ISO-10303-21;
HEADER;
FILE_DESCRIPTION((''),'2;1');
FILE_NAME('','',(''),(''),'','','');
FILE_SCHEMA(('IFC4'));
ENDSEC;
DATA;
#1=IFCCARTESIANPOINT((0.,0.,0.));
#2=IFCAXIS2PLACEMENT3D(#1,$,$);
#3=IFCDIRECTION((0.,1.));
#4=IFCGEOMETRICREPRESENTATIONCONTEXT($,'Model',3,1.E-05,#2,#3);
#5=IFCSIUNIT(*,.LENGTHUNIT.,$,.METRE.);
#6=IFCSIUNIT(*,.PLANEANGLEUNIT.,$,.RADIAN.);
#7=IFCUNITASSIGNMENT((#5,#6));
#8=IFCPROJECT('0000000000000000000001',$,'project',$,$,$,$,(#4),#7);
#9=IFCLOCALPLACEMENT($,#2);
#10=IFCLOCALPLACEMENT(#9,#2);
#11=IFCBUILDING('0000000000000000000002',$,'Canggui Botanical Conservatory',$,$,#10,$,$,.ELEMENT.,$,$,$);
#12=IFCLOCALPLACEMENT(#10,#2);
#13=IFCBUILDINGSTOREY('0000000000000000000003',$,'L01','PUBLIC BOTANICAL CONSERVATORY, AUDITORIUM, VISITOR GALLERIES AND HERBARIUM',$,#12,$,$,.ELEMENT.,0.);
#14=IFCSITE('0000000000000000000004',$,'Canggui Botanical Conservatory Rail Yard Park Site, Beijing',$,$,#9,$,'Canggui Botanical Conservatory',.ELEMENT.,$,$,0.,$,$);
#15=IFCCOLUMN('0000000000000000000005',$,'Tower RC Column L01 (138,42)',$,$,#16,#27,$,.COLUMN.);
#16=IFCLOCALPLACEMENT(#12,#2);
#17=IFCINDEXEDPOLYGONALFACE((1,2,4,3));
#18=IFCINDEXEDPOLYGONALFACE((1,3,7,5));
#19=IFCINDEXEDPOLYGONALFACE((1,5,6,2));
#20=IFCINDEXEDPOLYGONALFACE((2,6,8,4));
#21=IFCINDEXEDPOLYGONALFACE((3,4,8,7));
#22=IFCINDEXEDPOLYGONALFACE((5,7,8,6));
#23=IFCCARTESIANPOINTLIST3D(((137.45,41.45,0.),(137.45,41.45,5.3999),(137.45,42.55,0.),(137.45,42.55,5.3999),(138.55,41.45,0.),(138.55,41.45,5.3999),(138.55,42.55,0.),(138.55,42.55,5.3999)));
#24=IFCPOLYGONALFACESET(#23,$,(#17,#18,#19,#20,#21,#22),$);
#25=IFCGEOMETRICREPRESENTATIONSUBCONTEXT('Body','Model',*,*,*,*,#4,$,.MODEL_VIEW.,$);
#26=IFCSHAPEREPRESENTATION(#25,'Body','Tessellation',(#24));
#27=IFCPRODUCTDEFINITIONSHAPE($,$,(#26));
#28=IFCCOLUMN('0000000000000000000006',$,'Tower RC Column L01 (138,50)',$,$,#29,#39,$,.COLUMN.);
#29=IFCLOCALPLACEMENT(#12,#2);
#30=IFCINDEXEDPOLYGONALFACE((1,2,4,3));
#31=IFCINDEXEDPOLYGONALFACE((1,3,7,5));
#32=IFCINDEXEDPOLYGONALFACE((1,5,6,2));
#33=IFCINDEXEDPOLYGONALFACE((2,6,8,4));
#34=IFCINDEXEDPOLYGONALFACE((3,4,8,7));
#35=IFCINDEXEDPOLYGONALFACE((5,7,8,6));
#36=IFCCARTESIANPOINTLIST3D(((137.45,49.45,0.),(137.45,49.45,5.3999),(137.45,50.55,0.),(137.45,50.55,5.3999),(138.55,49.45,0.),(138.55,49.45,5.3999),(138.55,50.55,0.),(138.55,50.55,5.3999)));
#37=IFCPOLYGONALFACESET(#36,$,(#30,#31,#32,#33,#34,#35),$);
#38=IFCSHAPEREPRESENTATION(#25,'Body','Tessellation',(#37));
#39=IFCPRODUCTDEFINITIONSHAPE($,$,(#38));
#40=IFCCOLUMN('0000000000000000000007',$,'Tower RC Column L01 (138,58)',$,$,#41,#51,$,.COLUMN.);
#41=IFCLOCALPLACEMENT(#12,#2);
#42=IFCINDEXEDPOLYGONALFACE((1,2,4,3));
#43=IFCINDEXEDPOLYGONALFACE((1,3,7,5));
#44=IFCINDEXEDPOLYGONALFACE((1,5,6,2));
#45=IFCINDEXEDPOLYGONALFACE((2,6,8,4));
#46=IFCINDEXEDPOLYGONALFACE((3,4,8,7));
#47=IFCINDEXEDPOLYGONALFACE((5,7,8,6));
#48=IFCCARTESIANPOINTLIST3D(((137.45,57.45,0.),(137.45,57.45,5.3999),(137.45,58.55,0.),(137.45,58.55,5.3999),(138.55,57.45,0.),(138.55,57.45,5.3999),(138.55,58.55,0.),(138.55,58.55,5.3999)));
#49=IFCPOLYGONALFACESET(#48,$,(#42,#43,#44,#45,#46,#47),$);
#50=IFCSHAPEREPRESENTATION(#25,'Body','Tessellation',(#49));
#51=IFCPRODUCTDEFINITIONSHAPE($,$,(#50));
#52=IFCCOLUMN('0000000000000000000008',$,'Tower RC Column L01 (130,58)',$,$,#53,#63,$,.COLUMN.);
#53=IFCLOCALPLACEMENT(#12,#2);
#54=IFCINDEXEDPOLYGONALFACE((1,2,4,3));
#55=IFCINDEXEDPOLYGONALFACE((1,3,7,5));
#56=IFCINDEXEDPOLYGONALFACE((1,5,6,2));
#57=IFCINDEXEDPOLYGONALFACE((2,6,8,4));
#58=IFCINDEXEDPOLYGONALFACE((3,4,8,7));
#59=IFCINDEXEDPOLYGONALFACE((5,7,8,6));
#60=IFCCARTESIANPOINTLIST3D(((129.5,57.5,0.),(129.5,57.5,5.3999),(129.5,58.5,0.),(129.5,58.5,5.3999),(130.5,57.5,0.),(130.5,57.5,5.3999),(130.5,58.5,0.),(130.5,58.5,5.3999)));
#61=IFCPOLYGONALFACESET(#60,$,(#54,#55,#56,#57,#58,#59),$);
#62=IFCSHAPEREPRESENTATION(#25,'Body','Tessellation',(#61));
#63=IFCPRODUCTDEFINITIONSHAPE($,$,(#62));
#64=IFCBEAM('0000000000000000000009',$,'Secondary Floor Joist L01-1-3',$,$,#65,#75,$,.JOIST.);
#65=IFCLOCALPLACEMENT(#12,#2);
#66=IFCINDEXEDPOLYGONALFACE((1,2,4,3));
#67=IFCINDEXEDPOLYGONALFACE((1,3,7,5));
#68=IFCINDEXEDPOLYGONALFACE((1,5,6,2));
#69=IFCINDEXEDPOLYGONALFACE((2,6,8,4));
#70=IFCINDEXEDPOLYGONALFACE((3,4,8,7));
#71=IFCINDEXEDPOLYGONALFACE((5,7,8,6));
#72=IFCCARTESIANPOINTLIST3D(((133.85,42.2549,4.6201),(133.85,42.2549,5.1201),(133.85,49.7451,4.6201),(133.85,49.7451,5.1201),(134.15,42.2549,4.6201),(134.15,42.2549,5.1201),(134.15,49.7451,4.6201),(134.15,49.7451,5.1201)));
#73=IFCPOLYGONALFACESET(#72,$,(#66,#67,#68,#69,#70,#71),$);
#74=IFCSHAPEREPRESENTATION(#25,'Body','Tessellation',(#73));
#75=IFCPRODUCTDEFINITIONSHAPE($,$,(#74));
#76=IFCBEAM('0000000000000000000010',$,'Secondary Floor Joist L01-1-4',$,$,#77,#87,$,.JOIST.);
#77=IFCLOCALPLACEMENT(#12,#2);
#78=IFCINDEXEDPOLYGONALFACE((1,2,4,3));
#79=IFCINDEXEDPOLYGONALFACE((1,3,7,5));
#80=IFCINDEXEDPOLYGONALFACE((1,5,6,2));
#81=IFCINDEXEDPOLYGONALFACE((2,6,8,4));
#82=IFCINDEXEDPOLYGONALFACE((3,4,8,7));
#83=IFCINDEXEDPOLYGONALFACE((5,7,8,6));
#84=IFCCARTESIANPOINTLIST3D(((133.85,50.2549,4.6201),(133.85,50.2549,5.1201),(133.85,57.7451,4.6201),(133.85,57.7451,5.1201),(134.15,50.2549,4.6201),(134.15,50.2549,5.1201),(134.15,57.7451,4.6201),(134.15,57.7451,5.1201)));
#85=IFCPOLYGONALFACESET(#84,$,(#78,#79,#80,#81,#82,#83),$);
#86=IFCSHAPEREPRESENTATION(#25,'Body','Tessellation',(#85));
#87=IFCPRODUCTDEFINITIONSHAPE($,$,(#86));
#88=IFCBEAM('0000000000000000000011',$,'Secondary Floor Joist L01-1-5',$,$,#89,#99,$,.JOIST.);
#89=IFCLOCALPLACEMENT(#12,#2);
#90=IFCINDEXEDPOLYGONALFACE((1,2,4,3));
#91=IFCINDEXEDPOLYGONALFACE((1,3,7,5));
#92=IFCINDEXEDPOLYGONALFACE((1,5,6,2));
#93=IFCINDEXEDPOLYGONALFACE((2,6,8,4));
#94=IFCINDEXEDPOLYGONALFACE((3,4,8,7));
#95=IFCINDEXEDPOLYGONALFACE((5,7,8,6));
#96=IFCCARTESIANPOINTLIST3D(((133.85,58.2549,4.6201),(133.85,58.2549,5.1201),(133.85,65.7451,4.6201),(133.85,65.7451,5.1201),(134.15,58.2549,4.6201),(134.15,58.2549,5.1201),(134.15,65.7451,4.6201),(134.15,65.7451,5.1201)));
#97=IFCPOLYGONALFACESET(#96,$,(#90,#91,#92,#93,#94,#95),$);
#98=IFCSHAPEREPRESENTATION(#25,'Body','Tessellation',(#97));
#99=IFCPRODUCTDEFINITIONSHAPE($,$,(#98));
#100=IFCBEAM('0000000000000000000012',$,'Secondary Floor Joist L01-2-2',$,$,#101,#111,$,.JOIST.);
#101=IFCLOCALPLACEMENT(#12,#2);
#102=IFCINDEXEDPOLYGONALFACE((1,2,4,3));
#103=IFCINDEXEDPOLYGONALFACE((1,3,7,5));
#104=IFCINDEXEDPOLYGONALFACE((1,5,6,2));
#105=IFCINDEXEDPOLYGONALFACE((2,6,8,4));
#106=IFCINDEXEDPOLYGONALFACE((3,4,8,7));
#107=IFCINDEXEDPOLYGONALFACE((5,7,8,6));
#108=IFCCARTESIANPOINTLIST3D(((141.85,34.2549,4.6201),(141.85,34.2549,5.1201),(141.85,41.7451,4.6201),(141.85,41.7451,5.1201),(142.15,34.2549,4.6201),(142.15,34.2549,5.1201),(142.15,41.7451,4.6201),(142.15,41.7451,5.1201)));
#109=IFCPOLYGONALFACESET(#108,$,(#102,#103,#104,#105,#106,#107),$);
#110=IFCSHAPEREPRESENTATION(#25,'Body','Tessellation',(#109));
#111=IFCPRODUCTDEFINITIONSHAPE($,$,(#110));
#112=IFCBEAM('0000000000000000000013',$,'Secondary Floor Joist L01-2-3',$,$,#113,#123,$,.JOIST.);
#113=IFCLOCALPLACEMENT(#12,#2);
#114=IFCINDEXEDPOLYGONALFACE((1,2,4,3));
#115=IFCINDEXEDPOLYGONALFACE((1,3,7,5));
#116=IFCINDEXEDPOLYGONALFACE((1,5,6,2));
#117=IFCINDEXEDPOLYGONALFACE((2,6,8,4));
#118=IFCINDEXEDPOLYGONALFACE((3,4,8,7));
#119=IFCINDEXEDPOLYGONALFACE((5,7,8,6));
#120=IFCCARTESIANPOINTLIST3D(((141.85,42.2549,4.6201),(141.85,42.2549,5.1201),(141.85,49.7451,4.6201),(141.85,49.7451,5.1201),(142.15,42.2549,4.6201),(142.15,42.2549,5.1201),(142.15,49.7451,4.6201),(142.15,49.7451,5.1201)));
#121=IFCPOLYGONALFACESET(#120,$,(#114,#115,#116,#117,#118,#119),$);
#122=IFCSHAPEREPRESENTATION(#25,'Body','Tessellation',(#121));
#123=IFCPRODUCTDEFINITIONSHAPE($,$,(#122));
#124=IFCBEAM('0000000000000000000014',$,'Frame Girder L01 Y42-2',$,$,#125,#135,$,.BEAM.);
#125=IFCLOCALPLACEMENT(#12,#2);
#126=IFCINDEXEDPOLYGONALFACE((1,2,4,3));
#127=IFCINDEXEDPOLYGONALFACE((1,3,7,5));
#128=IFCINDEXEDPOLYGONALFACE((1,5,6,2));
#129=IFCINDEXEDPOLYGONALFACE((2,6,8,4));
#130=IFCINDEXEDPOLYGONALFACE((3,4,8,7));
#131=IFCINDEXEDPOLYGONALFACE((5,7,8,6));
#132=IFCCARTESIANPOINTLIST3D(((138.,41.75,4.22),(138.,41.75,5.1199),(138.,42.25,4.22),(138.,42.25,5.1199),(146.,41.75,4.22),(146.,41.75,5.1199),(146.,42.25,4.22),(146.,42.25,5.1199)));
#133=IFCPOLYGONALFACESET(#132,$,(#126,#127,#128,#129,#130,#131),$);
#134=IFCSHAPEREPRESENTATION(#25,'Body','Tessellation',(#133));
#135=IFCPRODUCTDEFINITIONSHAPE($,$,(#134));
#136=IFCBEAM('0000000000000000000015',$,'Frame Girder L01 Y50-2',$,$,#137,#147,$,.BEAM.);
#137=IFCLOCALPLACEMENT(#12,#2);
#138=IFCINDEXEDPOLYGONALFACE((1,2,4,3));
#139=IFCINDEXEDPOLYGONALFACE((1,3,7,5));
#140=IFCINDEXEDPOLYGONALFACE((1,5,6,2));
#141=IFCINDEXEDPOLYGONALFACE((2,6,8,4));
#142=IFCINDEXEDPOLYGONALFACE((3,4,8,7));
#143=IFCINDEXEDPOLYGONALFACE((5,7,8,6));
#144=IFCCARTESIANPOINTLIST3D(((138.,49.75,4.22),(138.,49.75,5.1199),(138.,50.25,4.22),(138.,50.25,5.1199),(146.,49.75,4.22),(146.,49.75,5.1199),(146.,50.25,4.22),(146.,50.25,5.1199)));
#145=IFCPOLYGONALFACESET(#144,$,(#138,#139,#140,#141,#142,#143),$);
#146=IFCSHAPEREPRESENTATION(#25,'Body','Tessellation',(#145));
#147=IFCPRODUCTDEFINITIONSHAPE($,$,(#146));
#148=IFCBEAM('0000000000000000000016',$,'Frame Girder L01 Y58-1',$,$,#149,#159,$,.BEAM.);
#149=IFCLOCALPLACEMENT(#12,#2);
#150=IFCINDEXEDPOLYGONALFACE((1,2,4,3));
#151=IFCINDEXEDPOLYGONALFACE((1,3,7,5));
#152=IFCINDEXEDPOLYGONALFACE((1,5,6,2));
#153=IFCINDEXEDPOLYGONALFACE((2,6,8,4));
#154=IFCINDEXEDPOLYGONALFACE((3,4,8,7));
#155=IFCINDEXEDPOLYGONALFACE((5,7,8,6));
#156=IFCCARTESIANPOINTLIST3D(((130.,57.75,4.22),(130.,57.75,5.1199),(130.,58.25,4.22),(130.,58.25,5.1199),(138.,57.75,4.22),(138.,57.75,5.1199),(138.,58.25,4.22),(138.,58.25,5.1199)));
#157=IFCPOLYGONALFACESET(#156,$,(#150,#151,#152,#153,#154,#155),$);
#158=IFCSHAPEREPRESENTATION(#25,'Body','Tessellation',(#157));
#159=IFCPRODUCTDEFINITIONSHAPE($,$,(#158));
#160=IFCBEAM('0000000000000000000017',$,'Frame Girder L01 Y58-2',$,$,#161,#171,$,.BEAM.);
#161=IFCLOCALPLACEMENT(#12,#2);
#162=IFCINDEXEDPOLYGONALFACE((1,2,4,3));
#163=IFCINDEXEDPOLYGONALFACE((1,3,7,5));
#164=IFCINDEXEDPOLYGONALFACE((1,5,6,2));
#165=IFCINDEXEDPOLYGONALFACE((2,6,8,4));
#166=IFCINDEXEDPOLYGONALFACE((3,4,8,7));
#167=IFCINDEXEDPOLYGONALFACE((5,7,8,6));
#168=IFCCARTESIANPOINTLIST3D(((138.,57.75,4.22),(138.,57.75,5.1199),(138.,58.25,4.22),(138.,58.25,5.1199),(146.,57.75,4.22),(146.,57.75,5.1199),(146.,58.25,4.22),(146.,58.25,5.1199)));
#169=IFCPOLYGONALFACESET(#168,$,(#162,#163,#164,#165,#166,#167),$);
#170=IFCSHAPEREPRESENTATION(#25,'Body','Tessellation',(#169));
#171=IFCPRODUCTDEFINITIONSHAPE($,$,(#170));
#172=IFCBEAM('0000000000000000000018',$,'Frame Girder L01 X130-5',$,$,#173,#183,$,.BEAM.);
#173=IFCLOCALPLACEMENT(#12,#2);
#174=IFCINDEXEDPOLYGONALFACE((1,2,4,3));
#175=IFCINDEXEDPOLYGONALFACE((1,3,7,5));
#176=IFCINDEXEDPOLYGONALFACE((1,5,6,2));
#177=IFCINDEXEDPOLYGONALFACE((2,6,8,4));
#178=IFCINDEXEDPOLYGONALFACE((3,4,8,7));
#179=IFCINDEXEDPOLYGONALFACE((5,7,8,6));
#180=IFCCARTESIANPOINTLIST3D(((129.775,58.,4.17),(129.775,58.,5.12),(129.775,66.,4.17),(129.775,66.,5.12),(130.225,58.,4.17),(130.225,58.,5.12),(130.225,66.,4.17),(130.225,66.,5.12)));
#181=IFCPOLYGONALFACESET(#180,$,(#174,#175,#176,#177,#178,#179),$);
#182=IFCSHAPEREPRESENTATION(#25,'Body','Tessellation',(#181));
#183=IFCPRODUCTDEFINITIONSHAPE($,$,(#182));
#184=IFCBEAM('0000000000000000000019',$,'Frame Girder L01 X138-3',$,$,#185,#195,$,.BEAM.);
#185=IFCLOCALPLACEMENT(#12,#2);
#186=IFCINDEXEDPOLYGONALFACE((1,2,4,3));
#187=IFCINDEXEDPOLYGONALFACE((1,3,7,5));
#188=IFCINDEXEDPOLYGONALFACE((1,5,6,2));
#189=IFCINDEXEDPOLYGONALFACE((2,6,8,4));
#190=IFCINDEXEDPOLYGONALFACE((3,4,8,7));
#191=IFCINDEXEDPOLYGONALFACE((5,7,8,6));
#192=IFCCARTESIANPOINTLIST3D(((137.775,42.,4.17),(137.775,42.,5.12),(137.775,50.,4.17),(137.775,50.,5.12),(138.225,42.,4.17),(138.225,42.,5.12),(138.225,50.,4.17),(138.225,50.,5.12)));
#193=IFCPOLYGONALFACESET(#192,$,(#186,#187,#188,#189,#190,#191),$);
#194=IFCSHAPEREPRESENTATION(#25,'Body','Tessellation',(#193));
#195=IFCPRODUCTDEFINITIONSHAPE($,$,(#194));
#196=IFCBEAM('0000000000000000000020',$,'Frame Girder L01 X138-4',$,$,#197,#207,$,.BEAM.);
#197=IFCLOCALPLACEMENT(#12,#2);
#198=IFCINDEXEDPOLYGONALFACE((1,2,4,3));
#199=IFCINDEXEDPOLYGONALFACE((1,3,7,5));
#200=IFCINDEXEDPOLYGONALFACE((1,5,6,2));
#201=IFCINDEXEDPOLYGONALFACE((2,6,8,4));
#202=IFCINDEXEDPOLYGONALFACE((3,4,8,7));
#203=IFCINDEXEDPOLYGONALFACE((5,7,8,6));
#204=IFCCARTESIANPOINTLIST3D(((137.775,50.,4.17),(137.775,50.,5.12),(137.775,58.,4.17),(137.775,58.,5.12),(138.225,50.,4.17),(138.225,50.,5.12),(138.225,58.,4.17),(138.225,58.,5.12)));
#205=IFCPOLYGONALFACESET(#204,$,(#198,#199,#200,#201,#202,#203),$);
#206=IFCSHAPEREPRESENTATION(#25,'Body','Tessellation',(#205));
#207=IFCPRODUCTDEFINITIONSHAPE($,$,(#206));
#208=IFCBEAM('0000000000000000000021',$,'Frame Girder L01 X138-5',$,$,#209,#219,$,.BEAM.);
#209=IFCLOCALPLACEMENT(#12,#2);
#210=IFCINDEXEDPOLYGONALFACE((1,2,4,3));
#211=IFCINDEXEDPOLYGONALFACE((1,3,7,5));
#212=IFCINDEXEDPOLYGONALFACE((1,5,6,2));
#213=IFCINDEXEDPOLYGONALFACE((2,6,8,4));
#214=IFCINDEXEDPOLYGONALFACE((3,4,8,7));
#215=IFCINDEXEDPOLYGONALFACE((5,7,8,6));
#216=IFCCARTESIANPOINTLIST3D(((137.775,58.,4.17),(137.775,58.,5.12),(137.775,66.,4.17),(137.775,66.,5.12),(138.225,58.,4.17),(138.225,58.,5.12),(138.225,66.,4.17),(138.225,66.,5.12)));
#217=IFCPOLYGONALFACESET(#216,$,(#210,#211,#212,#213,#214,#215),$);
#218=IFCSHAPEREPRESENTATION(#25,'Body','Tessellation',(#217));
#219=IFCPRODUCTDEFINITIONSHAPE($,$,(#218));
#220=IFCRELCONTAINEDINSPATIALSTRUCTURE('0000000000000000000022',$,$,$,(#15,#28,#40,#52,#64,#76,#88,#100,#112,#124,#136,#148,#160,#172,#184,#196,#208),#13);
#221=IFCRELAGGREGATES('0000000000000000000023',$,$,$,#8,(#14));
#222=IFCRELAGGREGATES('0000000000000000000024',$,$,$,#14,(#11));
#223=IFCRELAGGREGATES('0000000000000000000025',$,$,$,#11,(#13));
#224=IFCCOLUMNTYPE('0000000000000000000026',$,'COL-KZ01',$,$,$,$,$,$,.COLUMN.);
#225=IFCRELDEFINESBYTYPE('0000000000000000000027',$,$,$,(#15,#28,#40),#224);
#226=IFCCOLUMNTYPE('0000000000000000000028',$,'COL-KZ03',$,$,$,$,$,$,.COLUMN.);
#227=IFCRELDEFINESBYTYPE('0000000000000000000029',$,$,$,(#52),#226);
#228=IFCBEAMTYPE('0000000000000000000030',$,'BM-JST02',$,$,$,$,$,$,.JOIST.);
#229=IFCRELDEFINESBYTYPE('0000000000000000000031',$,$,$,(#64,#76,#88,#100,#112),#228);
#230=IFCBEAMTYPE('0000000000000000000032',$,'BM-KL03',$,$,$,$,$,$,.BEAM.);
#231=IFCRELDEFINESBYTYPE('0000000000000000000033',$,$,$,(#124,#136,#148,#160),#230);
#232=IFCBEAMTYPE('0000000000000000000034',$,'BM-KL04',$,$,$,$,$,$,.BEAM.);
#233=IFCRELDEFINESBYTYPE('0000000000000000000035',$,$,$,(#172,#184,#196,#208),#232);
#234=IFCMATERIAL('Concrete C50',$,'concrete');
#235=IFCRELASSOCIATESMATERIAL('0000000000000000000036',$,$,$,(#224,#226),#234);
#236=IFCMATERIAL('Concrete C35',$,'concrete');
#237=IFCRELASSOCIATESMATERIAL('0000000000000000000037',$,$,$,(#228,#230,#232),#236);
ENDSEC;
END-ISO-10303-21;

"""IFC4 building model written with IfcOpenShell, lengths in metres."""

from ifc_helpers import new_model, si_unit, direction, frame, origin, origin_2d, place, context, subcontext, project, spatial, rectangle, extrude, material, material_profile, profile_set, type_object, element, save


model = new_model("IFC4")

# Units and contexts
model_context = context("Model", 3, precision=1e-05, world=origin(), true_north=direction((0.0, 1.0)))
body_context = subcontext(model_context, "Body", "Model", "MODEL_VIEW")
ifc_project = project(units=[si_unit("LENGTHUNIT", "METRE"), si_unit("PLANEANGLEUNIT", "RADIAN")], contexts=[model_context])

# Site, building, storey
site_placement = place(None, origin())
site = spatial("IfcSite", under=ifc_project, at=site_placement, Name="Canggui Botanical Conservatory Rail Yard Park Site, Beijing", LongName="Canggui Botanical Conservatory", CompositionType="ELEMENT", RefElevation=0.0)
building_placement = place(site_placement, origin())
building = spatial("IfcBuilding", under=site, at=building_placement, Name="Canggui Botanical Conservatory", CompositionType="ELEMENT")
storey_placement = place(building_placement, origin())
storey = spatial("IfcBuildingStorey", under=building, at=storey_placement, Name="L01", Description="PUBLIC BOTANICAL CONSERVATORY, AUDITORIUM, VISITOR GALLERIES AND HERBARIUM", CompositionType="ELEMENT", Elevation=0.0)

# Columns
ifc_material_1 = material(Name="Concrete C50", Category="concrete")
ifc_material_profile_1 = material_profile(ifc_material_1, rectangle(XDim=1.1001, YDim=1.1001, at=origin_2d()), Name="RC 1100x1100")
ifc_profile_set_1 = profile_set([ifc_material_profile_1], Name="Concrete C50")
column_type_1 = type_object("IfcColumnType", Name="COL-KZ01", PredefinedType="COLUMN", material=ifc_profile_set_1)
for number, where, z_axis, x_axis, name in (
    (1, (138.0, 42.0, 0.0), (0.0, 0.0, 1.0), (1.0, 0.0, 0.0), "Tower RC Column L01 (138,42)"),
    (2, (138.0, 50.0, 0.0), (0.0, 0.0, 1.0), (1.0, 0.0, 0.0), "Tower RC Column L01 (138,50)"),
    (3, (138.0, 58.0, 0.0), (0.0, 0.0, 1.0), (1.0, 0.0, 0.0), "Tower RC Column L01 (138,58)"),
):
    element("IfcColumn", number, at=place(storey_placement, frame(where, z_axis=z_axis, x_axis=x_axis)), inside=storey, type_object=column_type_1, Name=name, PredefinedType="COLUMN", context=body_context, shape_type="SweptSolid", body=[
        extrude(rectangle(XDim=1.1001, YDim=1.1001, at=origin_2d()), origin(), (0.0, 0.0, 1.0), 5.3999),
    ])
ifc_material_profile_2 = material_profile(ifc_material_1, rectangle(XDim=1.0, YDim=1.0, at=origin_2d()), Name="RC 1000x1000")
ifc_profile_set_2 = profile_set([ifc_material_profile_2], Name="Concrete C50")
column_type_2 = type_object("IfcColumnType", Name="COL-KZ03", PredefinedType="COLUMN", material=ifc_profile_set_2)
column_placement = place(storey_placement, frame((130.0, 58.0, 0.0), z_axis=(0.0, 0.0, 1.0), x_axis=(1.0, 0.0, 0.0)))
element("IfcColumn", 4, at=column_placement, inside=storey, type_object=column_type_2, Name="Tower RC Column L01 (130,58)", PredefinedType="COLUMN", context=body_context, shape_type="SweptSolid", body=[
    extrude(rectangle(XDim=1.0, YDim=1.0, at=origin_2d()), origin(), (0.0, 0.0, 1.0), 5.3999),
])

# Beams
ifc_material_2 = material(Name="Concrete C35", Category="concrete")
ifc_material_profile_3 = material_profile(ifc_material_2, rectangle(XDim=0.3, YDim=0.5, at=origin_2d()), Name="RB 300x500")
ifc_profile_set_3 = profile_set([ifc_material_profile_3], Name="Concrete C35")
beam_type_1 = type_object("IfcBeamType", Name="BM-JST02", PredefinedType="JOIST", material=ifc_profile_set_3)
for number, where, z_axis, x_axis, name in (
    (5, (134.0, 42.2549, 4.8701), (0.0, 1.0, 0.0), (-1.0, 0.0, 0.0), "Secondary Floor Joist L01-1-3"),
    (6, (134.0, 50.2549, 4.8701), (0.0, 1.0, 0.0), (-1.0, 0.0, 0.0), "Secondary Floor Joist L01-1-4"),
    (7, (134.0, 58.2549, 4.8701), (0.0, 1.0, 0.0), (-1.0, 0.0, 0.0), "Secondary Floor Joist L01-1-5"),
    (8, (142.0, 34.2549, 4.8701), (0.0, 1.0, 0.0), (-1.0, 0.0, 0.0), "Secondary Floor Joist L01-2-2"),
    (9, (142.0, 42.2549, 4.8701), (0.0, 1.0, 0.0), (-1.0, 0.0, 0.0), "Secondary Floor Joist L01-2-3"),
):
    element("IfcBeam", number, at=place(storey_placement, frame(where, z_axis=z_axis, x_axis=x_axis)), inside=storey, type_object=beam_type_1, Name=name, PredefinedType="JOIST", context=body_context, shape_type="SweptSolid", body=[
        extrude(rectangle(XDim=0.3, YDim=0.5, at=origin_2d()), origin(), (0.0, 0.0, 1.0), 7.4902),
    ])
ifc_material_profile_4 = material_profile(ifc_material_2, rectangle(XDim=0.5, YDim=0.8999, at=origin_2d()), Name="RB 500x900")
ifc_profile_set_4 = profile_set([ifc_material_profile_4], Name="Concrete C35")
beam_type_2 = type_object("IfcBeamType", Name="BM-KL03", PredefinedType="BEAM", material=ifc_profile_set_4)
for number, where, z_axis, x_axis, name in (
    (10, (138.0, 42.0, 4.6699), (1.0, 0.0, 0.0), (0.0, 1.0, 0.0), "Frame Girder L01 Y42-2"),
    (11, (138.0, 50.0, 4.6699), (1.0, 0.0, 0.0), (0.0, 1.0, 0.0), "Frame Girder L01 Y50-2"),
    (12, (130.0, 58.0, 4.6699), (1.0, 0.0, 0.0), (0.0, 1.0, 0.0), "Frame Girder L01 Y58-1"),
    (13, (138.0, 58.0, 4.6699), (1.0, 0.0, 0.0), (0.0, 1.0, 0.0), "Frame Girder L01 Y58-2"),
):
    element("IfcBeam", number, at=place(storey_placement, frame(where, z_axis=z_axis, x_axis=x_axis)), inside=storey, type_object=beam_type_2, Name=name, PredefinedType="BEAM", context=body_context, shape_type="SweptSolid", body=[
        extrude(rectangle(XDim=0.5, YDim=0.8999, at=origin_2d()), origin(), (0.0, 0.0, 1.0), 8.0),
    ])
ifc_material_profile_5 = material_profile(ifc_material_2, rectangle(XDim=0.45, YDim=0.95, at=origin_2d()), Name="RB 450x950")
ifc_profile_set_5 = profile_set([ifc_material_profile_5], Name="Concrete C35")
beam_type_3 = type_object("IfcBeamType", Name="BM-KL04", PredefinedType="BEAM", material=ifc_profile_set_5)
for number, where, z_axis, x_axis, name in (
    (14, (130.0, 58.0, 4.645), (0.0, 1.0, 0.0), (-1.0, 0.0, 0.0), "Frame Girder L01 X130-5"),
    (15, (138.0, 42.0, 4.645), (0.0, 1.0, 0.0), (-1.0, 0.0, 0.0), "Frame Girder L01 X138-3"),
    (16, (138.0, 50.0, 4.645), (0.0, 1.0, 0.0), (-1.0, 0.0, 0.0), "Frame Girder L01 X138-4"),
    (17, (138.0, 58.0, 4.645), (0.0, 1.0, 0.0), (-1.0, 0.0, 0.0), "Frame Girder L01 X138-5"),
):
    element("IfcBeam", number, at=place(storey_placement, frame(where, z_axis=z_axis, x_axis=x_axis)), inside=storey, type_object=beam_type_3, Name=name, PredefinedType="BEAM", context=body_context, shape_type="SweptSolid", body=[
        extrude(rectangle(XDim=0.45, YDim=0.95, at=origin_2d()), origin(), (0.0, 0.0, 1.0), 8.0),
    ])

save(model, "model.ifc")
